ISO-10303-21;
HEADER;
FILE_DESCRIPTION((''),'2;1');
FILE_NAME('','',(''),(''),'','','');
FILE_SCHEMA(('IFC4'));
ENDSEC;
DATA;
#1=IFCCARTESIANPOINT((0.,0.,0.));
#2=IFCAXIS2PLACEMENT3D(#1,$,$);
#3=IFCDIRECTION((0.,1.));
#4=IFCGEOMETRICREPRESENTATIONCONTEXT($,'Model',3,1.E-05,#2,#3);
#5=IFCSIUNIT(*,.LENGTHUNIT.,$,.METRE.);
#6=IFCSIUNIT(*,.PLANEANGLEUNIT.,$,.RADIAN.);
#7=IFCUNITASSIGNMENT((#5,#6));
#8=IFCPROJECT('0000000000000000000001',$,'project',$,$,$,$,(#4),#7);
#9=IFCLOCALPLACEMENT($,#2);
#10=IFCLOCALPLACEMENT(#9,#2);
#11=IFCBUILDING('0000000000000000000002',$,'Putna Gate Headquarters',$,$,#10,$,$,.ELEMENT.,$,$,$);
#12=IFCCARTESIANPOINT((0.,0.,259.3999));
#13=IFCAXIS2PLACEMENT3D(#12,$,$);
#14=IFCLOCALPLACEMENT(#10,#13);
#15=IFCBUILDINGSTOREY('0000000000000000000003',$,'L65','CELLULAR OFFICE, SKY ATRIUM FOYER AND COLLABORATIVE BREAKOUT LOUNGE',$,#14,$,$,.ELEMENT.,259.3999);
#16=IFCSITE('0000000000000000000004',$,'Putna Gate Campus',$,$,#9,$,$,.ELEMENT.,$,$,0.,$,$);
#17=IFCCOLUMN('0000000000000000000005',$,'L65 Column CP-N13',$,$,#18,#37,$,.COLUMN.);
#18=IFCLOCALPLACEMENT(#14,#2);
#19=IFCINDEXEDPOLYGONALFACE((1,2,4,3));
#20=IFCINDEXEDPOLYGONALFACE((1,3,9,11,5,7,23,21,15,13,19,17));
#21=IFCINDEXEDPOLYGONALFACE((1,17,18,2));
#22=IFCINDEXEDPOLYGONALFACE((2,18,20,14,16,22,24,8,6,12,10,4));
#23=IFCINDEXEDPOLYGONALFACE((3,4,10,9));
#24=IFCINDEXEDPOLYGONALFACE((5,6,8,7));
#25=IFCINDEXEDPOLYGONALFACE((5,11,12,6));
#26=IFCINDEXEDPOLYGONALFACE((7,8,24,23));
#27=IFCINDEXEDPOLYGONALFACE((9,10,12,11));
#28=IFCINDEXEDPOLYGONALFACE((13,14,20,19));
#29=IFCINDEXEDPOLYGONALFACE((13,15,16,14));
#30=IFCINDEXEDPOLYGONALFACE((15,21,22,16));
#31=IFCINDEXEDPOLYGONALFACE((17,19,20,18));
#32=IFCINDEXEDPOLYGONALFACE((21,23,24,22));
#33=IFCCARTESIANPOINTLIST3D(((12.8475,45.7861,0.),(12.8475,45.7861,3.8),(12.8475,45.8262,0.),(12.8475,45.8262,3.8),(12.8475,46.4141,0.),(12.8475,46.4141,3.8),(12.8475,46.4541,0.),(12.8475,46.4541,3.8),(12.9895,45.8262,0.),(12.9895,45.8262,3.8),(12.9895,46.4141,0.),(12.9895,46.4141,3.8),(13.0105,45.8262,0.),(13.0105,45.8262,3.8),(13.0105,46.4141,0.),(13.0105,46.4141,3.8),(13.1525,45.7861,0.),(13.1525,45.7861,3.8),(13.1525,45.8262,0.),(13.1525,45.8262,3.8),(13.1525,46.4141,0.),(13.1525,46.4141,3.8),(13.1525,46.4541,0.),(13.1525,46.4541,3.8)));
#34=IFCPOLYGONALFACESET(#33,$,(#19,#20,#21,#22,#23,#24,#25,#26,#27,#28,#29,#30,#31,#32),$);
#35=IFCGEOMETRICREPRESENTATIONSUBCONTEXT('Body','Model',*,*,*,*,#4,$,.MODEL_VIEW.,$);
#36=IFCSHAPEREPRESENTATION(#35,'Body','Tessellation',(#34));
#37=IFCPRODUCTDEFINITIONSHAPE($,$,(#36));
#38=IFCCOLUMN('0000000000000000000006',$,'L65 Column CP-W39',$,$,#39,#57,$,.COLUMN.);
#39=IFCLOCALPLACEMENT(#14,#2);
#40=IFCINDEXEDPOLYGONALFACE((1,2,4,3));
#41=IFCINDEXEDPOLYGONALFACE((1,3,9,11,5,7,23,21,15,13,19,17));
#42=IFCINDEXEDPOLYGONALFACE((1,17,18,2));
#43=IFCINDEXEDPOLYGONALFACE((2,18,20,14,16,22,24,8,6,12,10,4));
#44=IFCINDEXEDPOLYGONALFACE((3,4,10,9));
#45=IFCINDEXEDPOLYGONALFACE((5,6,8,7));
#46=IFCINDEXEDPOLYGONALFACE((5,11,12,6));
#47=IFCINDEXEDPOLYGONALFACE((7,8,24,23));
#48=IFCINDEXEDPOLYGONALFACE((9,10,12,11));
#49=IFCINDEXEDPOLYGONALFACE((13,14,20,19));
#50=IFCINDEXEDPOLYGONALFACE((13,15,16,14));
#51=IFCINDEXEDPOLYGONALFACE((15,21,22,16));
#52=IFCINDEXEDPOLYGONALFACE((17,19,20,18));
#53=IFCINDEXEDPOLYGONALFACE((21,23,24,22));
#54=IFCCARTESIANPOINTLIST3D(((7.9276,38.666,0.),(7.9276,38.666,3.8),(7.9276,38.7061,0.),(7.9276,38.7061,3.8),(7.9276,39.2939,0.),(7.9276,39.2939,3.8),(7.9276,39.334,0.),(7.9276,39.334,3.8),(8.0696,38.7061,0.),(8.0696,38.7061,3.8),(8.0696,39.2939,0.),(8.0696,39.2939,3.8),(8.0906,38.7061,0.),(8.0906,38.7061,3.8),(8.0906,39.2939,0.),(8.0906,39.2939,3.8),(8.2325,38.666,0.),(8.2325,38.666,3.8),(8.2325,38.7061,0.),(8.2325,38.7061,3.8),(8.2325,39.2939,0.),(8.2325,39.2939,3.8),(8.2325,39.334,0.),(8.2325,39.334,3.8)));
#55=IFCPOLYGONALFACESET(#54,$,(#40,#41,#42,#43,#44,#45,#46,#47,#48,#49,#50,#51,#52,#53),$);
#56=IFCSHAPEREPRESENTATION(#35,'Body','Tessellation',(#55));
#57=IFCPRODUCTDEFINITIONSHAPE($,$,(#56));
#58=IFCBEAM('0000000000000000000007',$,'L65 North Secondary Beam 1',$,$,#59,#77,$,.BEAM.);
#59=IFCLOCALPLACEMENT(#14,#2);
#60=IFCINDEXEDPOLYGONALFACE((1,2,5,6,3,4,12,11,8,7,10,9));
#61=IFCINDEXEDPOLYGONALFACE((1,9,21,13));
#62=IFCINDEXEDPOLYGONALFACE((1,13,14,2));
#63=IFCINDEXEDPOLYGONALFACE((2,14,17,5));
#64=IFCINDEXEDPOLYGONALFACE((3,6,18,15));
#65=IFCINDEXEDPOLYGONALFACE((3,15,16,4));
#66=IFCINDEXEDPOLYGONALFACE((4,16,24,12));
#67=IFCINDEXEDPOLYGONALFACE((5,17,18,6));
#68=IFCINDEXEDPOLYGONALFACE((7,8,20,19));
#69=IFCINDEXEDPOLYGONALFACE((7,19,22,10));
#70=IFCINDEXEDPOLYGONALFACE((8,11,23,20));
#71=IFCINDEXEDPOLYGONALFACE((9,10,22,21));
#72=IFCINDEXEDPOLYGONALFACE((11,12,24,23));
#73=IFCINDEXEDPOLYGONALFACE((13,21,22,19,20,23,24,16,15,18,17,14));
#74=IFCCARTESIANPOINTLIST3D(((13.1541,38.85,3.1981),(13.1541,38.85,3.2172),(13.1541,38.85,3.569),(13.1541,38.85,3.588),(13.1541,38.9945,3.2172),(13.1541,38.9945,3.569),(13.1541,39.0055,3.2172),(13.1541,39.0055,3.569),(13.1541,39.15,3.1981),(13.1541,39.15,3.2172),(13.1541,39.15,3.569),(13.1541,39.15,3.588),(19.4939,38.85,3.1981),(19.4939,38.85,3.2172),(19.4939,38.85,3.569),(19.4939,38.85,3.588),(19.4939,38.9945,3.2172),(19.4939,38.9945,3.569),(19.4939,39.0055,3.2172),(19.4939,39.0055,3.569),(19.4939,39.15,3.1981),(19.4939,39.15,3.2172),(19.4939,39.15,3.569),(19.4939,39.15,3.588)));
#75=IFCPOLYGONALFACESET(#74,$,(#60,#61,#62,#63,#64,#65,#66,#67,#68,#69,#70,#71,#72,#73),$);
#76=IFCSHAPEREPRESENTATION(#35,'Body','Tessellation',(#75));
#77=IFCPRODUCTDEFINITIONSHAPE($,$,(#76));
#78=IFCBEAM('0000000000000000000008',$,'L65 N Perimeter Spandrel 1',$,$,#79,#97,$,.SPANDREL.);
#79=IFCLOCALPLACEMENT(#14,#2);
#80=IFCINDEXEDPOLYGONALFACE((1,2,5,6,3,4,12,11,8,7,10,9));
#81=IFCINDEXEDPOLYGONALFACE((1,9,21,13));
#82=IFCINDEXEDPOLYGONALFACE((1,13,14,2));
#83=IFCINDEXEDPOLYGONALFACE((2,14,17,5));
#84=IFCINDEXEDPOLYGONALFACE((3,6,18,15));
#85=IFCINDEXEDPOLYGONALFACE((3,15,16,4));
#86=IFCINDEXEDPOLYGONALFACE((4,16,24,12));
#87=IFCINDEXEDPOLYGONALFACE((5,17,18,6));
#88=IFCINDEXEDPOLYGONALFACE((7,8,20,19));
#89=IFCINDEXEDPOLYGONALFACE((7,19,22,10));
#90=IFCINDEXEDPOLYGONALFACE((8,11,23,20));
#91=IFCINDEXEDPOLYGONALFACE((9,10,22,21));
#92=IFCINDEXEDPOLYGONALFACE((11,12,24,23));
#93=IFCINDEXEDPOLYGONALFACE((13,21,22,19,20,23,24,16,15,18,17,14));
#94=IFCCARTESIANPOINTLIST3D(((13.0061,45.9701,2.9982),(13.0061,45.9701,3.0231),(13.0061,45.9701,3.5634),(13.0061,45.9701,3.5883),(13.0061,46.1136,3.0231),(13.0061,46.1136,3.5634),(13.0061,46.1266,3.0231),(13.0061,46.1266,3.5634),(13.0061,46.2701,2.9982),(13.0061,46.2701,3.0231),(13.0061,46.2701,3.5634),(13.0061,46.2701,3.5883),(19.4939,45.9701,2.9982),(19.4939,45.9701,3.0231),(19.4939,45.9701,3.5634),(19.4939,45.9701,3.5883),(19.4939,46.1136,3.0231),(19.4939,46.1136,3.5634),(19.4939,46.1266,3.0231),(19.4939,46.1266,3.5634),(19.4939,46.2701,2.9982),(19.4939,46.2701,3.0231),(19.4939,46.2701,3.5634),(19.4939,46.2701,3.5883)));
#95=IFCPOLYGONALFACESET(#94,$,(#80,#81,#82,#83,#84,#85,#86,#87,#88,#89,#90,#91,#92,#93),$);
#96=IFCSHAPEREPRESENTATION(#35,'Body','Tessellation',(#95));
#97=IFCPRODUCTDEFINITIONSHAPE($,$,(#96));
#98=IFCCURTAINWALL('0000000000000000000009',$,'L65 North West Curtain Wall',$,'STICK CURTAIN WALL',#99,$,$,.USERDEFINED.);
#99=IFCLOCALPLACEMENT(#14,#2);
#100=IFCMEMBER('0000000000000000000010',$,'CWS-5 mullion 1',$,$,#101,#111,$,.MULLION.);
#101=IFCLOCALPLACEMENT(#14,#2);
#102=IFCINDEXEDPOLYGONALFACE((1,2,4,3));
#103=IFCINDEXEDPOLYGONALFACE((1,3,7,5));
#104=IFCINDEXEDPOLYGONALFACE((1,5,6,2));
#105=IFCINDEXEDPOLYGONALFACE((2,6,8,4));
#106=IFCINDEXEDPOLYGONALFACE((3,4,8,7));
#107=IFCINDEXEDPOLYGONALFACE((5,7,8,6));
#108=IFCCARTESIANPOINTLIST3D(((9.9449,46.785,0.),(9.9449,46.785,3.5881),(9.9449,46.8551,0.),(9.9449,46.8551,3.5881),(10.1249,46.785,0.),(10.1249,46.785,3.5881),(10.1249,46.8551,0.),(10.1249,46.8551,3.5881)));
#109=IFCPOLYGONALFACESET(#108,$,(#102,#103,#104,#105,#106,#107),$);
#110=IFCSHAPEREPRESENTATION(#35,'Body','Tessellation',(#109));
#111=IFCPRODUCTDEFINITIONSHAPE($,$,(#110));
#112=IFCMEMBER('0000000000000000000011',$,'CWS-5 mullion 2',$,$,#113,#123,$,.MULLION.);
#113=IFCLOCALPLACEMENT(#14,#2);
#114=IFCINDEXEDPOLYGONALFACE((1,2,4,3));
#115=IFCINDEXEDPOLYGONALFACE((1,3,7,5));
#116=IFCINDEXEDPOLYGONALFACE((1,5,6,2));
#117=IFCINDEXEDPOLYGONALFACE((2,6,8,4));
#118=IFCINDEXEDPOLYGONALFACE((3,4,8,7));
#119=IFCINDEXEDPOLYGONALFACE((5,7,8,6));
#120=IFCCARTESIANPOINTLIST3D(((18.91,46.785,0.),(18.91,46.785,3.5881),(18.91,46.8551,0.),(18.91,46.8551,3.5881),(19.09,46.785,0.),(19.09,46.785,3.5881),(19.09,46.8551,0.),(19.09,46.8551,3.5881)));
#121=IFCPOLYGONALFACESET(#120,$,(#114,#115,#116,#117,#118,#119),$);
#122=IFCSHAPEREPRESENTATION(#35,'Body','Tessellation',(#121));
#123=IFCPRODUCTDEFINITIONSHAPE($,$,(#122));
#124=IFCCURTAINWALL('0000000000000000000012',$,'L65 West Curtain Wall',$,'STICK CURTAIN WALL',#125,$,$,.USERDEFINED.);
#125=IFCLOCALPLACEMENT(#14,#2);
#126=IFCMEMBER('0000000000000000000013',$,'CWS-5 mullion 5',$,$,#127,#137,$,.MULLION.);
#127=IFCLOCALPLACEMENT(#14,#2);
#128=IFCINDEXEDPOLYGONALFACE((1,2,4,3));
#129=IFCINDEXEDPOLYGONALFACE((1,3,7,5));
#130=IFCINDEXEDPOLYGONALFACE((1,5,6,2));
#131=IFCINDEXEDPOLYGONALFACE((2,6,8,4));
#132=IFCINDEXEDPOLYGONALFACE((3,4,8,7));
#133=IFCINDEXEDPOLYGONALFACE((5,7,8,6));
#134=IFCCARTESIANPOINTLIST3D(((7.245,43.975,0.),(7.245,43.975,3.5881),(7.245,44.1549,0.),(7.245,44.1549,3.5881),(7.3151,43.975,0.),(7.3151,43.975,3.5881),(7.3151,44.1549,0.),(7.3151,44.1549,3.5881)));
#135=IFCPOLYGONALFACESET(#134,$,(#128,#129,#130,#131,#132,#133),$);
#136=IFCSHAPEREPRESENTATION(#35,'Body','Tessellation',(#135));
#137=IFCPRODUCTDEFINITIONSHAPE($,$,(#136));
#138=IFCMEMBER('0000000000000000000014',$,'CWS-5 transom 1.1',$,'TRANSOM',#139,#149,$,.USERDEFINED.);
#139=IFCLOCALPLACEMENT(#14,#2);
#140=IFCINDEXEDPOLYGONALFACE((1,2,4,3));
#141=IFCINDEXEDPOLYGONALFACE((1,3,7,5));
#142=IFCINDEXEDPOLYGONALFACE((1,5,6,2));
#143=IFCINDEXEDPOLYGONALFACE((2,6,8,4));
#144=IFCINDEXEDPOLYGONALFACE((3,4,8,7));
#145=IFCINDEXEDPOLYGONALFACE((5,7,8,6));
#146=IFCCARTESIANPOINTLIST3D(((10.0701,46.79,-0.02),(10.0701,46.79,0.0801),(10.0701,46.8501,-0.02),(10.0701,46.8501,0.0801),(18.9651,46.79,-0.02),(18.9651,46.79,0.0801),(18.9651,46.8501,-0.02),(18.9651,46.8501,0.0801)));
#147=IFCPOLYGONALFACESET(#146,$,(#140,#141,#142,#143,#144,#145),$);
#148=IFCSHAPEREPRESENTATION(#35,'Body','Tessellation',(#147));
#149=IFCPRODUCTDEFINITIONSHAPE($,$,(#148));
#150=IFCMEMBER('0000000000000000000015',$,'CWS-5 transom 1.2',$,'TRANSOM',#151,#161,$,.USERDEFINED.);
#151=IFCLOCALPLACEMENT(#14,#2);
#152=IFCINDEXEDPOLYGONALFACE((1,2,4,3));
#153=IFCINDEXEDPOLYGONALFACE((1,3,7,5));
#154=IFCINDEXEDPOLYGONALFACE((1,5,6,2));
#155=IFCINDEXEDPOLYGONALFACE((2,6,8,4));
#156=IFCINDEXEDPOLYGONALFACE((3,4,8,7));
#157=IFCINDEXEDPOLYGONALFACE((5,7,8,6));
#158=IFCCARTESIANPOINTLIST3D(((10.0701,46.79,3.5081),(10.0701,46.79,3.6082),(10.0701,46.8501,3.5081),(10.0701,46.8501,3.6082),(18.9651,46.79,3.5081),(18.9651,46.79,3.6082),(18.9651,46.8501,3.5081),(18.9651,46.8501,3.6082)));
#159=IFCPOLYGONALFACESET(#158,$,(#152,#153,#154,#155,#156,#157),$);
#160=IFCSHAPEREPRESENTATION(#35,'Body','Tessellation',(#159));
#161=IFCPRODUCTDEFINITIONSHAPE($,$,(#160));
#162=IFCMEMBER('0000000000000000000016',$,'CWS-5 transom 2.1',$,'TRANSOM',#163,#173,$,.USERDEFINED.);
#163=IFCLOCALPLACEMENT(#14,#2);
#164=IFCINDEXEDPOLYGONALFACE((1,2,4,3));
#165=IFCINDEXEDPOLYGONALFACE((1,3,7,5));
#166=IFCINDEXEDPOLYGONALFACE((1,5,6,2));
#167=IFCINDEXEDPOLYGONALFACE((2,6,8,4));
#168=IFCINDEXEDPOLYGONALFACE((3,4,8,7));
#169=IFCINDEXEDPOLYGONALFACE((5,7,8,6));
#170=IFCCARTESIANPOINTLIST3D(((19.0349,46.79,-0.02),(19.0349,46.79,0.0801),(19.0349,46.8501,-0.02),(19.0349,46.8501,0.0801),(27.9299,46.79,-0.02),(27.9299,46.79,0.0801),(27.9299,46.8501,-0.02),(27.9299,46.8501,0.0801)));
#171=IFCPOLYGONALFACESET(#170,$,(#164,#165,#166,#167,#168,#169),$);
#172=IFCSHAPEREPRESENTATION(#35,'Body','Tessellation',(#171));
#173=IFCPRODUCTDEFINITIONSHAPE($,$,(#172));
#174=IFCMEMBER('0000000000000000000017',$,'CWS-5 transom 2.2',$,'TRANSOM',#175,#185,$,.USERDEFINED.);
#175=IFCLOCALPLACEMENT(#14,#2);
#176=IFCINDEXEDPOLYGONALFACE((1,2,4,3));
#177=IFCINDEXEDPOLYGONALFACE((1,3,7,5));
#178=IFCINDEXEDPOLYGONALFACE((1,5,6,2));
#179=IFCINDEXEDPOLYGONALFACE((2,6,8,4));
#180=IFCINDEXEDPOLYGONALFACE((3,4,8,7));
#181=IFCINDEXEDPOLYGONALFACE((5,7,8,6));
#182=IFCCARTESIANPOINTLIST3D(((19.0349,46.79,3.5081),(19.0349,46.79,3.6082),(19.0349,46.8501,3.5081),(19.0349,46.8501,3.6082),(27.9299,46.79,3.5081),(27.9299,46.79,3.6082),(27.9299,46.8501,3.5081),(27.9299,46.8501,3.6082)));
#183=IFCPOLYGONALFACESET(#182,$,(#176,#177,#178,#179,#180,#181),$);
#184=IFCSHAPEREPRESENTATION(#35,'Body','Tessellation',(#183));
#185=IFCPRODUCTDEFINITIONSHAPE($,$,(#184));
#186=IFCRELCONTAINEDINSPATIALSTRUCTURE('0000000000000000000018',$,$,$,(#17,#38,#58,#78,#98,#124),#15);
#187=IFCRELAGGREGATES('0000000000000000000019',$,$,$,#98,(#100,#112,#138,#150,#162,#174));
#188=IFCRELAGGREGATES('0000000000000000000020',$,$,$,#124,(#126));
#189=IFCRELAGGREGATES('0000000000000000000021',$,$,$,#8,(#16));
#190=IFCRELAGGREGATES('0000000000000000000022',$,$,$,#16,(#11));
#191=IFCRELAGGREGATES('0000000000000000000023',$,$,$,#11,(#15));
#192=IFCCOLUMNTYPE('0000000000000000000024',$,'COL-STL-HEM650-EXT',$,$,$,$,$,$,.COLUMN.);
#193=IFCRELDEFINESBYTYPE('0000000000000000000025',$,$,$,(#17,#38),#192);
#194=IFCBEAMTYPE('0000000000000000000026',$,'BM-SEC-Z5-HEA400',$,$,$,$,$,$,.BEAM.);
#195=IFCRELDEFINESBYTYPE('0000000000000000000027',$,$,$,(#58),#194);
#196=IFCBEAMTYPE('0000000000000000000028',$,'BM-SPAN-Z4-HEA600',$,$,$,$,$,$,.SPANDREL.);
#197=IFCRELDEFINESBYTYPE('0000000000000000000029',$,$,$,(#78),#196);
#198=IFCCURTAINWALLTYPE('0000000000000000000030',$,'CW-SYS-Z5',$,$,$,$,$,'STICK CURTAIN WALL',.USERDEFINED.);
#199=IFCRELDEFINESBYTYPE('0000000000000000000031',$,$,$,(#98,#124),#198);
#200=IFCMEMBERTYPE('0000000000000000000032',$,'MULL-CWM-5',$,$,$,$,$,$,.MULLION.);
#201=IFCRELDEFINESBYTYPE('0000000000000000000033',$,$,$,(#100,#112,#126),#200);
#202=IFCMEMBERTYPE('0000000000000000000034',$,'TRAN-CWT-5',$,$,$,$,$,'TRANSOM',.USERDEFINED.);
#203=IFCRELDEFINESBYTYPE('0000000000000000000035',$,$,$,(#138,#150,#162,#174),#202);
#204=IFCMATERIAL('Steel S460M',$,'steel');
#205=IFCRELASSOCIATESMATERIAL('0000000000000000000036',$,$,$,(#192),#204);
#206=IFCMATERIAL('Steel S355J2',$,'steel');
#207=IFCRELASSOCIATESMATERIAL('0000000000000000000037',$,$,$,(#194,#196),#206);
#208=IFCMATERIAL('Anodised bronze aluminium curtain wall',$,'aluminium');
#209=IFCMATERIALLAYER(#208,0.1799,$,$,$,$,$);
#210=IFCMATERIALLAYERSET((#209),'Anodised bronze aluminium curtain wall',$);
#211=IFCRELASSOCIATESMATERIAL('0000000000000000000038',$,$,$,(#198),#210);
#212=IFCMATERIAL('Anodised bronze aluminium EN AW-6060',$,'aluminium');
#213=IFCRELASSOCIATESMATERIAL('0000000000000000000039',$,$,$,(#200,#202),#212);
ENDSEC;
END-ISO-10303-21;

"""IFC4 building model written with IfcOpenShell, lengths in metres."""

from ifc_helpers import new_model, si_unit, direction, frame, origin, origin_2d, place, context, subcontext, project, spatial, rectangle, i_section, extrude, material, layer, layer_set, material_profile, profile_set, type_object, element, aggregate, save


model = new_model("IFC4")

# Units and contexts
model_context = context("Model", 3, precision=1e-05, world=origin(), true_north=direction((0.0, 1.0)))
body_context = subcontext(model_context, "Body", "Model", "MODEL_VIEW")
ifc_project = project(units=[si_unit("LENGTHUNIT", "METRE"), si_unit("PLANEANGLEUNIT", "RADIAN")], contexts=[model_context])

# Site, building, storey
site_placement = place(None, origin())
site = spatial("IfcSite", under=ifc_project, at=site_placement, Name="Putna Gate Campus", CompositionType="ELEMENT", RefElevation=0.0)
building_placement = place(site_placement, origin())
building = spatial("IfcBuilding", under=site, at=building_placement, Name="Putna Gate Headquarters", CompositionType="ELEMENT")
storey_placement = place(building_placement, frame((0.0, 0.0, 259.3999)))
storey = spatial("IfcBuildingStorey", under=building, at=storey_placement, Name="L65", Description="CELLULAR OFFICE, SKY ATRIUM FOYER AND COLLABORATIVE BREAKOUT LOUNGE", CompositionType="ELEMENT", Elevation=259.3999)

# Columns
ifc_material_1 = material(Name="Steel S460M", Category="steel")
ifc_material_profile_1 = material_profile(ifc_material_1, i_section(OverallWidth=0.3049, OverallDepth=0.668, WebThickness=0.021, FlangeThickness=0.04, at=origin_2d()), Name="Steel S460M")
ifc_profile_set_1 = profile_set([ifc_material_profile_1], Name="Steel S460M")
column_type = type_object("IfcColumnType", Name="COL-STL-HEM650-EXT", PredefinedType="COLUMN", material=ifc_profile_set_1)
for number, where, z_axis, x_axis, name in (
    (1, (13.0, 46.1201, 0.0), (0.0, 0.0, 1.0), (1.0, 0.0, 0.0), "L65 Column CP-N13"),
    (2, (8.0801, 39.0, 0.0), (0.0, 0.0, 1.0), (1.0, 0.0, 0.0), "L65 Column CP-W39"),
):
    element("IfcColumn", number, at=place(storey_placement, frame(where, z_axis=z_axis, x_axis=x_axis)), inside=storey, type_object=column_type, Name=name, PredefinedType="COLUMN", context=body_context, shape_type="SweptSolid", body=[
        extrude(i_section(OverallWidth=0.3049, OverallDepth=0.668, WebThickness=0.021, FlangeThickness=0.04, at=origin_2d()), origin(), (0.0, 0.0, 1.0), 3.8),
    ])

# Beams
ifc_material_2 = material(Name="Steel S355J2", Category="steel")
ifc_material_profile_2 = material_profile(ifc_material_2, i_section(OverallWidth=0.3, OverallDepth=0.3899, WebThickness=0.011, FlangeThickness=0.019, at=origin_2d()), Name="Steel S355J2")
ifc_profile_set_2 = profile_set([ifc_material_profile_2], Name="Steel S355J2")
beam_type_1 = type_object("IfcBeamType", Name="BM-SEC-Z5-HEA400", PredefinedType="BEAM", material=ifc_profile_set_2)
beam_1_placement = place(storey_placement, frame((13.1541, 39.0, 3.3931), z_axis=(1.0, 0.0, 0.0), x_axis=(0.0, 1.0, 0.0)))
element("IfcBeam", 3, at=beam_1_placement, inside=storey, type_object=beam_type_1, Name="L65 North Secondary Beam 1", PredefinedType="BEAM", context=body_context, shape_type="SweptSolid", body=[
    extrude(i_section(OverallWidth=0.3, OverallDepth=0.3899, WebThickness=0.011, FlangeThickness=0.019, at=origin_2d()), origin(), (0.0, 0.0, 1.0), 6.3398),
])
ifc_material_profile_3 = material_profile(ifc_material_2, i_section(OverallWidth=0.3, OverallDepth=0.5901, WebThickness=0.0129, FlangeThickness=0.0249, at=origin_2d()), Name="Steel S355J2")
ifc_profile_set_3 = profile_set([ifc_material_profile_3], Name="Steel S355J2")
beam_type_2 = type_object("IfcBeamType", Name="BM-SPAN-Z4-HEA600", PredefinedType="SPANDREL", material=ifc_profile_set_3)
beam_2_placement = place(storey_placement, frame((13.0061, 46.1201, 3.2932), z_axis=(1.0, 0.0, 0.0), x_axis=(0.0, 1.0, 0.0)))
element("IfcBeam", 4, at=beam_2_placement, inside=storey, type_object=beam_type_2, Name="L65 N Perimeter Spandrel 1", PredefinedType="SPANDREL", context=body_context, shape_type="SweptSolid", body=[
    extrude(i_section(OverallWidth=0.3, OverallDepth=0.5901, WebThickness=0.0129, FlangeThickness=0.0249, at=origin_2d()), origin(), (0.0, 0.0, 1.0), 6.4878),
])

# Curtain wall, members
ifc_material_3 = material(Name="Anodised bronze aluminium curtain wall", Category="aluminium")
ifc_layer_1 = layer(ifc_material_3, 0.1799)
ifc_layer_set_1 = layer_set([ifc_layer_1], Name="Anodised bronze aluminium curtain wall")
curtain_wall_type = type_object("IfcCurtainWallType", Name="CW-SYS-Z5", ElementType="STICK CURTAIN WALL", PredefinedType="USERDEFINED", material=ifc_layer_set_1)
curtain_wall_1_placement = place(storey_placement, origin())
curtain_wall_1 = element("IfcCurtainWall", 5, at=curtain_wall_1_placement, inside=storey, type_object=curtain_wall_type, Name="L65 North West Curtain Wall", ObjectType="STICK CURTAIN WALL", PredefinedType="USERDEFINED")
ifc_material_4 = material(Name="Anodised bronze aluminium EN AW-6060", Category="aluminium")
ifc_material_profile_4 = material_profile(ifc_material_4, rectangle(XDim=0.0701, YDim=0.1799, at=origin_2d()), Name="Anodised bronze aluminium EN AW-6060")
ifc_profile_set_4 = profile_set([ifc_material_profile_4], Name="Anodised bronze aluminium EN AW-6060")
member_type_1 = type_object("IfcMemberType", Name="MULL-CWM-5", PredefinedType="MULLION", material=ifc_profile_set_4)
member_1_placement = place(storey_placement, frame((10.0349, 46.8201, 0.0), z_axis=(0.0, 0.0, 1.0), x_axis=(0.0, 1.0, 0.0)))
member_1 = element("IfcMember", 6, at=member_1_placement, type_object=member_type_1, Name="CWS-5 mullion 1", PredefinedType="MULLION", context=body_context, shape_type="SweptSolid", body=[
    extrude(rectangle(XDim=0.0701, YDim=0.1799, at=origin_2d()), origin(), (0.0, 0.0, 1.0), 3.5881),
])
member_2_placement = place(storey_placement, frame((19.0, 46.8201, 0.0), z_axis=(0.0, 0.0, 1.0), x_axis=(0.0, 1.0, 0.0)))
member_2 = element("IfcMember", 7, at=member_2_placement, type_object=member_type_1, Name="CWS-5 mullion 2", PredefinedType="MULLION", context=body_context, shape_type="SweptSolid", body=[
    extrude(rectangle(XDim=0.0701, YDim=0.1799, at=origin_2d()), origin(), (0.0, 0.0, 1.0), 3.5881),
])

# Curtain wall, member
curtain_wall_2_placement = place(storey_placement, origin())
curtain_wall_2 = element("IfcCurtainWall", 8, at=curtain_wall_2_placement, inside=storey, type_object=curtain_wall_type, Name="L65 West Curtain Wall", ObjectType="STICK CURTAIN WALL", PredefinedType="USERDEFINED")
member_3_placement = place(storey_placement, frame((7.28, 44.0649, 0.0), z_axis=(0.0, 0.0, 1.0), x_axis=(-1.0, 0.0, 0.0)))
member_3 = element("IfcMember", 9, at=member_3_placement, type_object=member_type_1, Name="CWS-5 mullion 5", PredefinedType="MULLION", context=body_context, shape_type="SweptSolid", body=[
    extrude(rectangle(XDim=0.0701, YDim=0.1799, at=origin_2d()), origin(), (0.0, 0.0, 1.0), 3.5881),
])

# Members
ifc_material_profile_5 = material_profile(ifc_material_4, rectangle(XDim=0.0601, YDim=0.1001, at=origin_2d()), Name="Anodised bronze aluminium EN AW-6060")
ifc_profile_set_5 = profile_set([ifc_material_profile_5], Name="Anodised bronze aluminium EN AW-6060")
member_type_2 = type_object("IfcMemberType", Name="TRAN-CWT-5", ElementType="TRANSOM", PredefinedType="USERDEFINED", material=ifc_profile_set_5)
member_4_placement = place(storey_placement, frame((10.0701, 46.8201, 0.03), z_axis=(1.0, 0.0, 0.0), x_axis=(0.0, 1.0, 0.0)))
member_4 = element("IfcMember", 10, at=member_4_placement, type_object=member_type_2, Name="CWS-5 transom 1.1", ObjectType="TRANSOM", PredefinedType="USERDEFINED", context=body_context, shape_type="SweptSolid", body=[
    extrude(rectangle(XDim=0.0601, YDim=0.1001, at=origin_2d()), origin(), (0.0, 0.0, 1.0), 8.895),
])
member_5_placement = place(storey_placement, frame((10.0701, 46.8201, 3.5581), z_axis=(1.0, 0.0, 0.0), x_axis=(0.0, 1.0, 0.0)))
member_5 = element("IfcMember", 11, at=member_5_placement, type_object=member_type_2, Name="CWS-5 transom 1.2", ObjectType="TRANSOM", PredefinedType="USERDEFINED", context=body_context, shape_type="SweptSolid", body=[
    extrude(rectangle(XDim=0.0601, YDim=0.1001, at=origin_2d()), origin(), (0.0, 0.0, 1.0), 8.895),
])
member_6_placement = place(storey_placement, frame((19.0349, 46.8201, 0.03), z_axis=(1.0, 0.0, 0.0), x_axis=(0.0, 1.0, 0.0)))
member_6 = element("IfcMember", 12, at=member_6_placement, type_object=member_type_2, Name="CWS-5 transom 2.1", ObjectType="TRANSOM", PredefinedType="USERDEFINED", context=body_context, shape_type="SweptSolid", body=[
    extrude(rectangle(XDim=0.0601, YDim=0.1001, at=origin_2d()), origin(), (0.0, 0.0, 1.0), 8.895),
])
member_7_placement = place(storey_placement, frame((19.0349, 46.8201, 3.5581), z_axis=(1.0, 0.0, 0.0), x_axis=(0.0, 1.0, 0.0)))
member_7 = element("IfcMember", 13, at=member_7_placement, type_object=member_type_2, Name="CWS-5 transom 2.2", ObjectType="TRANSOM", PredefinedType="USERDEFINED", context=body_context, shape_type="SweptSolid", body=[
    extrude(rectangle(XDim=0.0601, YDim=0.1001, at=origin_2d()), origin(), (0.0, 0.0, 1.0), 8.895),
])

aggregate(curtain_wall_1, [member_1, member_2, member_4, member_5, member_6, member_7])
aggregate(curtain_wall_2, [member_3])

save(model, "model.ifc")
